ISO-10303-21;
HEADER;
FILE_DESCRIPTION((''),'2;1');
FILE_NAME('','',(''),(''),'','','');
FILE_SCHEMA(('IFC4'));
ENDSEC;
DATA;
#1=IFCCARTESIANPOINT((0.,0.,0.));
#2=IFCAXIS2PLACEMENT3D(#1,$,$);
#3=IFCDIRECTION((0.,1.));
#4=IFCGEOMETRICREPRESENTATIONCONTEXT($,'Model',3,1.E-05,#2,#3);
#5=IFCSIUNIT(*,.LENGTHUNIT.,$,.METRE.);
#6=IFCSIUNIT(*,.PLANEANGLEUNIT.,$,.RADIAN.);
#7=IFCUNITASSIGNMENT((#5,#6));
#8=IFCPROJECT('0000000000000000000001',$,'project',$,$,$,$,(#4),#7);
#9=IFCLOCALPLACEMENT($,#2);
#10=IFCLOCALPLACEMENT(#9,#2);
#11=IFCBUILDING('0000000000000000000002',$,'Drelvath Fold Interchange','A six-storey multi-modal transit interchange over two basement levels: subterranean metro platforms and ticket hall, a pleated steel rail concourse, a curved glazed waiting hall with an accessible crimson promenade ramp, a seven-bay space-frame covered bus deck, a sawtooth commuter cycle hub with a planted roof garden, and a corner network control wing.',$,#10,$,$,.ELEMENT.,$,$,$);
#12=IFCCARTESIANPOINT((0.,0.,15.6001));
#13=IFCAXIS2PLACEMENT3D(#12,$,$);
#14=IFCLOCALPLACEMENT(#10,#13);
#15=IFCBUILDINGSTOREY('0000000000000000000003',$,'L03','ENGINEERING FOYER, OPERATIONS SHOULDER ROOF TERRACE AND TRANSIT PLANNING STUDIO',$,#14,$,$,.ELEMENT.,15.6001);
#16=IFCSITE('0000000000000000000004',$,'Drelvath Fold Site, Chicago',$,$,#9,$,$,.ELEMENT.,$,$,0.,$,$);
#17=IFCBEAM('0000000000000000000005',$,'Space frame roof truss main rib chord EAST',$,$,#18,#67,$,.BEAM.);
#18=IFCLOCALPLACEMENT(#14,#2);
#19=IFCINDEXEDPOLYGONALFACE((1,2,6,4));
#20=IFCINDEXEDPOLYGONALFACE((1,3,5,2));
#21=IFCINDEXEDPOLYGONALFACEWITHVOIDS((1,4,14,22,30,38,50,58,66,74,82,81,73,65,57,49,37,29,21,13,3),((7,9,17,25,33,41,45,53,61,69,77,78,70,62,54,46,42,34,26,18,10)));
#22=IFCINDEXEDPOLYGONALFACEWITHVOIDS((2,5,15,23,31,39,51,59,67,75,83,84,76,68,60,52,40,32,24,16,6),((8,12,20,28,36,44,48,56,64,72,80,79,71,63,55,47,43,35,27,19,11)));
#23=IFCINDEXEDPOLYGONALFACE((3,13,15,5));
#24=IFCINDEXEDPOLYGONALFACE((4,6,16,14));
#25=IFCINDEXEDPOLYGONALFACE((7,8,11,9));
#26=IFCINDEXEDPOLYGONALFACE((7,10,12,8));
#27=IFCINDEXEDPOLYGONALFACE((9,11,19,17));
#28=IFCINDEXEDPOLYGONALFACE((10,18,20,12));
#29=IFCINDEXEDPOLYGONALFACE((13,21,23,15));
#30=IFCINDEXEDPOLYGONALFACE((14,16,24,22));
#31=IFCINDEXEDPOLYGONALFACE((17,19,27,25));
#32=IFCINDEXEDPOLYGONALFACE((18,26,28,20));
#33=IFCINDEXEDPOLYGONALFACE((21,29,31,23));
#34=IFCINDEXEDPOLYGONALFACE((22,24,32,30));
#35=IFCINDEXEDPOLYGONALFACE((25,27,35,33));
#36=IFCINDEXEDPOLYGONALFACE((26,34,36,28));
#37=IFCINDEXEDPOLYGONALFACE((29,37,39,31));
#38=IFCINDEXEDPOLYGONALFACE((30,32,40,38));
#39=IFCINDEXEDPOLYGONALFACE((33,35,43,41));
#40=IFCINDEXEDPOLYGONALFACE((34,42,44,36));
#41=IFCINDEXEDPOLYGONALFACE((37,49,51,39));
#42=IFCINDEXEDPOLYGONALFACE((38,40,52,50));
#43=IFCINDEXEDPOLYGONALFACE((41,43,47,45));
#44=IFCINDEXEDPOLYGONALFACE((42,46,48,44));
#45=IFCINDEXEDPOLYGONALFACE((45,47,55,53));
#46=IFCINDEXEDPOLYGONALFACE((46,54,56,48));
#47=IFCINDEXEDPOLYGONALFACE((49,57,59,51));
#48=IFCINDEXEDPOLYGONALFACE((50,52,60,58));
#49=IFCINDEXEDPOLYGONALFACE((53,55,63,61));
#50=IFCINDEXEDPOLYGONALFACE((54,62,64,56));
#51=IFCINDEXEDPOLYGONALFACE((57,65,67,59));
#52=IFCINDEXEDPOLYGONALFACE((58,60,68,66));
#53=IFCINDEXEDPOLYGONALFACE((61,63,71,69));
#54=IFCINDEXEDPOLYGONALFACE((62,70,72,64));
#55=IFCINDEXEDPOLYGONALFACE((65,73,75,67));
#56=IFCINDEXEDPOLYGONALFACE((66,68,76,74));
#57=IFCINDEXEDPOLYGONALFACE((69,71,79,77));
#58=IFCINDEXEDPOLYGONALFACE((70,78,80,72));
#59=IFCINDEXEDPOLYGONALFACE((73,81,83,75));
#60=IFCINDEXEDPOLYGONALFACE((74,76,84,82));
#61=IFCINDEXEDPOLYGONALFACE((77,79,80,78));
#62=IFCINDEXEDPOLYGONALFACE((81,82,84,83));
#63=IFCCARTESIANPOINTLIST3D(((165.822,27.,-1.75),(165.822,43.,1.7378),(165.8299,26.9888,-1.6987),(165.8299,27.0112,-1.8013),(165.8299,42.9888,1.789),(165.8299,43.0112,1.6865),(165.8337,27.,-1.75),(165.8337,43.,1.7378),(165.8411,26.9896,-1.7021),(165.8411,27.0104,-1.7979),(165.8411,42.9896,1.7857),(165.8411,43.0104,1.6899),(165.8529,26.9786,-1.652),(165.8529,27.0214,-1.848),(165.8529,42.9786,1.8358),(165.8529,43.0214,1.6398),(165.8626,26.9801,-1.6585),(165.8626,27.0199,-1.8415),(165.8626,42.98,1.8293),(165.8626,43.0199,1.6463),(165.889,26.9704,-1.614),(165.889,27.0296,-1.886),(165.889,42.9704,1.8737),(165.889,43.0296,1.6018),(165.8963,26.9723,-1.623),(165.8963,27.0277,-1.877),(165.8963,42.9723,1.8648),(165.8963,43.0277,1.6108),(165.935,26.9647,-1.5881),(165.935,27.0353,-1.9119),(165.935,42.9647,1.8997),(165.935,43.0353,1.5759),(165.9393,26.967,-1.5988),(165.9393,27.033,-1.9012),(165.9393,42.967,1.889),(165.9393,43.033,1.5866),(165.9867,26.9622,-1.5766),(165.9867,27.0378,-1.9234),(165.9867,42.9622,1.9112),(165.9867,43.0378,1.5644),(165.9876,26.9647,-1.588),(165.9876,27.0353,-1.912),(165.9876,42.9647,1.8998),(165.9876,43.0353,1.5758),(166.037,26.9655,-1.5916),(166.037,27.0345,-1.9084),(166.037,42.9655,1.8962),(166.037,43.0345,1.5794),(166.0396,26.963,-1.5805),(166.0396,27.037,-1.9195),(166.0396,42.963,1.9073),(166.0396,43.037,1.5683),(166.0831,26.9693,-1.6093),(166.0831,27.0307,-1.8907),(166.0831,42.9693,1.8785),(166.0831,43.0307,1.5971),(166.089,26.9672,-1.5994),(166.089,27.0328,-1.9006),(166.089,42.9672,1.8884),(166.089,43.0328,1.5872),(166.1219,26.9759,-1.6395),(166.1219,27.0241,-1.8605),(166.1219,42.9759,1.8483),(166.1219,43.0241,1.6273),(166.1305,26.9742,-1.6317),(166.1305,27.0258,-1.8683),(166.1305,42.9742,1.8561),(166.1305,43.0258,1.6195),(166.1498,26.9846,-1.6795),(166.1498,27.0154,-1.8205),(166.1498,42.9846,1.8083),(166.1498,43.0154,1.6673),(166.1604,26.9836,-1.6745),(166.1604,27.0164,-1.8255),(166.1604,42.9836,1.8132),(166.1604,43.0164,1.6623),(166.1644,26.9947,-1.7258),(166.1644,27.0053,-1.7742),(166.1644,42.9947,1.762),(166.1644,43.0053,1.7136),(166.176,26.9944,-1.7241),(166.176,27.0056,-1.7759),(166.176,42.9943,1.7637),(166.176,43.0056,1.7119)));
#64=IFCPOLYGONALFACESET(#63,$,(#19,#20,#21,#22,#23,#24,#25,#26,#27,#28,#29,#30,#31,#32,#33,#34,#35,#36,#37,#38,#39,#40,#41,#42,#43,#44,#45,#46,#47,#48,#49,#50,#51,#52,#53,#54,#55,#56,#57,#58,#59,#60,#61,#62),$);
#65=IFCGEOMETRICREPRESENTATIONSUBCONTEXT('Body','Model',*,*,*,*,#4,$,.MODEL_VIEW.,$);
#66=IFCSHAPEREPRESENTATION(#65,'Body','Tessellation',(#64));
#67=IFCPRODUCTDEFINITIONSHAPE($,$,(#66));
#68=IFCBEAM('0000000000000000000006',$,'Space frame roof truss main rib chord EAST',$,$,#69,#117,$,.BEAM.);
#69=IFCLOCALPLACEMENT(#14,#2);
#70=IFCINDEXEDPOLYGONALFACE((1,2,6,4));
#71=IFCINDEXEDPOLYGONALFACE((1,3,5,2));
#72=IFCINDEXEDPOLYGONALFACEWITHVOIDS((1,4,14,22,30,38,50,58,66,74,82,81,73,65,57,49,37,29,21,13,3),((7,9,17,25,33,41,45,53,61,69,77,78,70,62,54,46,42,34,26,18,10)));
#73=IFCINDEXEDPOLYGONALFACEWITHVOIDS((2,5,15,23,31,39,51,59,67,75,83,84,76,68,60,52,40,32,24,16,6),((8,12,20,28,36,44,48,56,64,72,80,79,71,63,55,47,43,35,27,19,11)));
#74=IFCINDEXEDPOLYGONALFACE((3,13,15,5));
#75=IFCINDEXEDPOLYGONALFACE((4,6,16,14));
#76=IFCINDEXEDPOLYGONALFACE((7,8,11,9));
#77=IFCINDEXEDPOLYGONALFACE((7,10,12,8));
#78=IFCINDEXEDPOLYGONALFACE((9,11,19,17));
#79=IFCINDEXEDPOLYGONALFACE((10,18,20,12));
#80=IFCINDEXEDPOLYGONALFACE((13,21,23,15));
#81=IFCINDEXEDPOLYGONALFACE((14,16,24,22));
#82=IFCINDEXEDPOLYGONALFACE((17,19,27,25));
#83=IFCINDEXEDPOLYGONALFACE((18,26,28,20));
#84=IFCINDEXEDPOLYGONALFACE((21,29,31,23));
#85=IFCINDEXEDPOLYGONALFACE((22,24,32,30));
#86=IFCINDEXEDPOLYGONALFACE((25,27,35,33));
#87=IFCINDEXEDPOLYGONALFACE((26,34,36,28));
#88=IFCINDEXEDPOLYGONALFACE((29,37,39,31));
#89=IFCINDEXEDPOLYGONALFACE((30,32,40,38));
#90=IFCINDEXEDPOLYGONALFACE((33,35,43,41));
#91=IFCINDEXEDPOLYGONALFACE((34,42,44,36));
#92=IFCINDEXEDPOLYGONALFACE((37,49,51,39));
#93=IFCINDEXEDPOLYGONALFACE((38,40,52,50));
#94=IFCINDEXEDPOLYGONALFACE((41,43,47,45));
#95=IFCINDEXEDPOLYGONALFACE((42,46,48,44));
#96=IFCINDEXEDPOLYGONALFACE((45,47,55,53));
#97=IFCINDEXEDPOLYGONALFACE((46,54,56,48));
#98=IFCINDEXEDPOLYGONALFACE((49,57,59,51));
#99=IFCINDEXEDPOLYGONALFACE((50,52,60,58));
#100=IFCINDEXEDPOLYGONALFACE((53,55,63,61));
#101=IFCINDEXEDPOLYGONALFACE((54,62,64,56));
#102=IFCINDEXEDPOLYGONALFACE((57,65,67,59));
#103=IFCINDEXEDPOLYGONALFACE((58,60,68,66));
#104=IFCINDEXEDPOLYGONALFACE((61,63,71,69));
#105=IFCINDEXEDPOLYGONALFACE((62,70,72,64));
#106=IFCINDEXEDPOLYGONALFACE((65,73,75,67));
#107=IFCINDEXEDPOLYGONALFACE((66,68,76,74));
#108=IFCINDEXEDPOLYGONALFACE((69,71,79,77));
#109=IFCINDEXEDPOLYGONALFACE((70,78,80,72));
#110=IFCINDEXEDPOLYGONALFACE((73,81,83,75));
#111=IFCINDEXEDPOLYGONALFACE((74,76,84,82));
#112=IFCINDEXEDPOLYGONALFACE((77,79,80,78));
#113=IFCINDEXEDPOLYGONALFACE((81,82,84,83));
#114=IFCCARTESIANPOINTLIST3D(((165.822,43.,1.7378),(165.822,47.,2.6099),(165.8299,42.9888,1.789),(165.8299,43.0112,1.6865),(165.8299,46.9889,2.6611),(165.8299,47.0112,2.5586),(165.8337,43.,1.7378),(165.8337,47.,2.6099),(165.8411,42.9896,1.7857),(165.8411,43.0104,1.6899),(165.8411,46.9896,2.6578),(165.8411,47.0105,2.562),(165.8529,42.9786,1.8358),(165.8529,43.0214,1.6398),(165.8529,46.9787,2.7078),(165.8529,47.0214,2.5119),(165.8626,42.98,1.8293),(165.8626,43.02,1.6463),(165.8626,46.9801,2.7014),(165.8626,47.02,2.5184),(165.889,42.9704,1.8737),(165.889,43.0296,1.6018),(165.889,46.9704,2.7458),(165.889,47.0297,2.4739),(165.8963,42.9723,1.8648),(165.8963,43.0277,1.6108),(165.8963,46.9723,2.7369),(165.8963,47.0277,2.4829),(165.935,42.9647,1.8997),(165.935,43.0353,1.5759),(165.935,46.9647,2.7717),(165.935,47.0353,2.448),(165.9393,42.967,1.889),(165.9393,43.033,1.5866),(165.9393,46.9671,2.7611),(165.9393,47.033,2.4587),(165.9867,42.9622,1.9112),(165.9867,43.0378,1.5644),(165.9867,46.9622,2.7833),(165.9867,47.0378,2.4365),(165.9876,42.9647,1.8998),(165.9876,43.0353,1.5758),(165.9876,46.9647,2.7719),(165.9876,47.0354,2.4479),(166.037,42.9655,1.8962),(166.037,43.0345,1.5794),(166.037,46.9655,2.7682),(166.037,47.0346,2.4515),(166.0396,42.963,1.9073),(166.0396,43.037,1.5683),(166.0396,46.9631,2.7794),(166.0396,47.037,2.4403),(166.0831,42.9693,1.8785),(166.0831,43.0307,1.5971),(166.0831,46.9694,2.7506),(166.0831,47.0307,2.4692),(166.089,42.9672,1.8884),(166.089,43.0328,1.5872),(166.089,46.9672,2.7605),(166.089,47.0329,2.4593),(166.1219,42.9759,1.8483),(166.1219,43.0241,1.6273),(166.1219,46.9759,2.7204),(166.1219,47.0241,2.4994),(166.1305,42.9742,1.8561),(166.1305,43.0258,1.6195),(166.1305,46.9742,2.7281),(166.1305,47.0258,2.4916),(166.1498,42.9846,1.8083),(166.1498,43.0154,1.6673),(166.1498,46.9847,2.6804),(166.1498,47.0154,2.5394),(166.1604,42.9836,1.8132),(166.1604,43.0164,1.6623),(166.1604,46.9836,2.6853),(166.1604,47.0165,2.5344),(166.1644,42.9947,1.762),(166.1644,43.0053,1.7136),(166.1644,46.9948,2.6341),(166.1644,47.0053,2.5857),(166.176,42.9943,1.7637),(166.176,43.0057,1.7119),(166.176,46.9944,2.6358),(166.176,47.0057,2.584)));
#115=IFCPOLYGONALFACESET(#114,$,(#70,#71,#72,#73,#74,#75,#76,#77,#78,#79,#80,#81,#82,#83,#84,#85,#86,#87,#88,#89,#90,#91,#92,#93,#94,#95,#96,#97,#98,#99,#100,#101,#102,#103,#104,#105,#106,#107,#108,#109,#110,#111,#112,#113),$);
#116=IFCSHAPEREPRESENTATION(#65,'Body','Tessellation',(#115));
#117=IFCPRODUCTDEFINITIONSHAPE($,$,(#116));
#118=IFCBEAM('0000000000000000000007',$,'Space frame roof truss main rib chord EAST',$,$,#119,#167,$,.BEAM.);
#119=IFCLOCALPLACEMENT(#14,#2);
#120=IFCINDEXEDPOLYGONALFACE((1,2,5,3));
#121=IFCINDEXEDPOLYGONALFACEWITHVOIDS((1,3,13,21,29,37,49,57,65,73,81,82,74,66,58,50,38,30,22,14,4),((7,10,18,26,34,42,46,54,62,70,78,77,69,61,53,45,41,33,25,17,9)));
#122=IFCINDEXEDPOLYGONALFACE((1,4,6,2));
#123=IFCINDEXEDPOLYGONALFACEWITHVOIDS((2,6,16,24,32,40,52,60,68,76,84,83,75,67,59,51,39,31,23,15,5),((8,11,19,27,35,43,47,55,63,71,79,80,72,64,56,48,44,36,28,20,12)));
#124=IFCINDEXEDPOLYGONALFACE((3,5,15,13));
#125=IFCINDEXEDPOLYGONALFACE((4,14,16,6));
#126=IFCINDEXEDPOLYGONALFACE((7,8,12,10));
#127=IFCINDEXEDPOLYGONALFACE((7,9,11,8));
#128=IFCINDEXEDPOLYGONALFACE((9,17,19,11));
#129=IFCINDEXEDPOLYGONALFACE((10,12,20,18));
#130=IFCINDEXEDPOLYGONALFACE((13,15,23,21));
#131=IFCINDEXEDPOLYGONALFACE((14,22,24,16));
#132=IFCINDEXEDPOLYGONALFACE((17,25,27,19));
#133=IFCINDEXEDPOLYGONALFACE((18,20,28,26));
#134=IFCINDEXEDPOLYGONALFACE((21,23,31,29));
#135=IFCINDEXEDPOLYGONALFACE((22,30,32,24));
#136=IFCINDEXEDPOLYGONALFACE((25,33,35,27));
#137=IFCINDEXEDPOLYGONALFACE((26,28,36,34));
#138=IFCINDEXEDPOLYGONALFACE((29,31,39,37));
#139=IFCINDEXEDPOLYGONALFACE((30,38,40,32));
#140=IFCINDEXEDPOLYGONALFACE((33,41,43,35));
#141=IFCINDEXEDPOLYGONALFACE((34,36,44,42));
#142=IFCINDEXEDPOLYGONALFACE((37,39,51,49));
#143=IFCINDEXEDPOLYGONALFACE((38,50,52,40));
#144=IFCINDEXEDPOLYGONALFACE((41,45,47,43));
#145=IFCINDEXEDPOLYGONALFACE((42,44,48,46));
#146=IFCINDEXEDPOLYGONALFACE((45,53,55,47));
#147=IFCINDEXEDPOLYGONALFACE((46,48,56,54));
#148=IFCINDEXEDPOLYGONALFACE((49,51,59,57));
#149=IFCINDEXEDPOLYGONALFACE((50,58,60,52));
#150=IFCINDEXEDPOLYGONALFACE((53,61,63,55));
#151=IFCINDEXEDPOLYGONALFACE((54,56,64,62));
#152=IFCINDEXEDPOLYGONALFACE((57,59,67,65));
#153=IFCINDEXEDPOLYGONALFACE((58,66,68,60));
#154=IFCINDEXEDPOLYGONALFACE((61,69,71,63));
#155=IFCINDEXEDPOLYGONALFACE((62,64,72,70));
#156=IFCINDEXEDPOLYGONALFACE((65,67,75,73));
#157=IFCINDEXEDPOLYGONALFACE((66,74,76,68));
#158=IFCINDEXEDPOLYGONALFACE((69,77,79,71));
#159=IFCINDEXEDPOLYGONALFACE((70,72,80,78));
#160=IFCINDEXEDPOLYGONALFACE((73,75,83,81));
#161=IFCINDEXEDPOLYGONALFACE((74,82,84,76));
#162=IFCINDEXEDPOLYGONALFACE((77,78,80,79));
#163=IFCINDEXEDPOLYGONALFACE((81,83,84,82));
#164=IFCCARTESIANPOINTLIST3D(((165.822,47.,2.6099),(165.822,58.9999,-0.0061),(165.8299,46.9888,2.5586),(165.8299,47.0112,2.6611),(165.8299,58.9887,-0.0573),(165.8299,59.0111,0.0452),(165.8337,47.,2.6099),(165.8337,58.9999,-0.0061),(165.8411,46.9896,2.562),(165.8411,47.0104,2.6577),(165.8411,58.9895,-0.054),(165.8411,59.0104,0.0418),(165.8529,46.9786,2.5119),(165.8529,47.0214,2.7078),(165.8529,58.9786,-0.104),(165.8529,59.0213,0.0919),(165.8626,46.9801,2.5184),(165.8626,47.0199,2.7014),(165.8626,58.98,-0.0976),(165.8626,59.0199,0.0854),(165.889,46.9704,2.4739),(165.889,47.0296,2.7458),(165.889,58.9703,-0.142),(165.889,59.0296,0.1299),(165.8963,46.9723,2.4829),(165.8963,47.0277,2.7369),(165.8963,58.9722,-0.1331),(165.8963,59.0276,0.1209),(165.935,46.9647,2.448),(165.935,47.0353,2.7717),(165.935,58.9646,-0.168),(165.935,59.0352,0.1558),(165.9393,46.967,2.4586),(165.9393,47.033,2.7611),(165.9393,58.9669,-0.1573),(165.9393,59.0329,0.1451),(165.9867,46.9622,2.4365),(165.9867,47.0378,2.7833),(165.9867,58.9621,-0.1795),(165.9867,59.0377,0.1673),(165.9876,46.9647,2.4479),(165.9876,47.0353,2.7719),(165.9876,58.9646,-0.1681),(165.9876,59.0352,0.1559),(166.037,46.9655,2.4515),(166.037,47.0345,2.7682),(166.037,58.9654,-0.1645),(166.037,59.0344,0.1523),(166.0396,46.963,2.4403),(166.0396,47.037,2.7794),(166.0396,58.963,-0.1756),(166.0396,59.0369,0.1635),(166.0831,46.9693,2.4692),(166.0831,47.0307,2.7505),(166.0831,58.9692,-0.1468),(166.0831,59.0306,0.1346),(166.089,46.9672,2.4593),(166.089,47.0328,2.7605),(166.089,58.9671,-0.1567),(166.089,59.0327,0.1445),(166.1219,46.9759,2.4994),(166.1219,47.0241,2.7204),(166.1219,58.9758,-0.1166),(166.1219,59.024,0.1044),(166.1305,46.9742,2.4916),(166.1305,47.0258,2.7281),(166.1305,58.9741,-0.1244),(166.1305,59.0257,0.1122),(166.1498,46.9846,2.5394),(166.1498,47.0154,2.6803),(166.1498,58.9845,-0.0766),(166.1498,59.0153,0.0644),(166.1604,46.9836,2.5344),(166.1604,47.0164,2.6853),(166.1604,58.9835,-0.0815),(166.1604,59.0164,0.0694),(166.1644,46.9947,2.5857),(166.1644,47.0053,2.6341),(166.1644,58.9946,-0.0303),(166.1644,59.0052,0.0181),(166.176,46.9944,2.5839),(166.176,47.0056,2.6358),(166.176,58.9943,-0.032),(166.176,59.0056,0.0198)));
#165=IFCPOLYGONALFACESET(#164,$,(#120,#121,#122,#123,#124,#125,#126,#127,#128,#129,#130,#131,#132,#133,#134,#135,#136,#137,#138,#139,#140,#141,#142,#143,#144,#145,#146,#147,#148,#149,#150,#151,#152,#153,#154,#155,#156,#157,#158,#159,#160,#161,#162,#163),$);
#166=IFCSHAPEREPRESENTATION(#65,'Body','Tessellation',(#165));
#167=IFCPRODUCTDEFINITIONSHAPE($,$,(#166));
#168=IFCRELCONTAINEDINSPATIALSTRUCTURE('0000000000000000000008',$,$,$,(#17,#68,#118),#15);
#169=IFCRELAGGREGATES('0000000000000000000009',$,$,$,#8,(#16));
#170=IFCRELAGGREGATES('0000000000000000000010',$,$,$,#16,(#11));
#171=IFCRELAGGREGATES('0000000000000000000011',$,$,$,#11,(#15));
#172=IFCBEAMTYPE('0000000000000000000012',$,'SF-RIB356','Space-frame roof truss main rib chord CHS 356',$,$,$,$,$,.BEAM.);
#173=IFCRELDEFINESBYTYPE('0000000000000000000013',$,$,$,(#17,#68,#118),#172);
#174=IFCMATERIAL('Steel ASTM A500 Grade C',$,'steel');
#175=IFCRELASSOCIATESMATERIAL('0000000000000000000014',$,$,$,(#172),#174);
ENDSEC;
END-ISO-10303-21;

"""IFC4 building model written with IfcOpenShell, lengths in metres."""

from ifc_helpers import new_model, si_unit, direction, frame, origin, origin_2d, place, context, subcontext, project, spatial, hollow_circle, extrude, material, material_profile, profile_set, type_object, element, save


model = new_model("IFC4")

# Units and contexts
model_context = context("Model", 3, precision=1e-05, world=origin(), true_north=direction((0.0, 1.0)))
body_context = subcontext(model_context, "Body", "Model", "MODEL_VIEW")
ifc_project = project(units=[si_unit("LENGTHUNIT", "METRE"), si_unit("PLANEANGLEUNIT", "RADIAN")], contexts=[model_context])

# Site, building, storey
site_placement = place(None, origin())
site = spatial("IfcSite", under=ifc_project, at=site_placement, Name="Drelvath Fold Site, Chicago", CompositionType="ELEMENT", RefElevation=0.0)
building_placement = place(site_placement, origin())
building = spatial("IfcBuilding", under=site, at=building_placement, Name="Drelvath Fold Interchange", Description="A six-storey multi-modal transit interchange over two basement levels: subterranean metro platforms and ticket hall, a pleated steel rail concourse, a curved glazed waiting hall with an accessible crimson promenade ramp, a seven-bay space-frame covered bus deck, a sawtooth commuter cycle hub with a planted roof garden, and a corner network control wing.", CompositionType="ELEMENT")
storey_placement = place(building_placement, frame((0.0, 0.0, 15.6001)))
storey = spatial("IfcBuildingStorey", under=building, at=storey_placement, Name="L03", Description="ENGINEERING FOYER, OPERATIONS SHOULDER ROOF TERRACE AND TRANSIT PLANNING STUDIO", CompositionType="ELEMENT", Elevation=15.6001)

# Shared definitions
ifc_material_1 = material(Name="Steel ASTM A500 Grade C", Category="steel")

# Beams
ifc_material_profile_1 = material_profile(ifc_material_1, hollow_circle(Radius=0.178, WallThickness=0.0117, at=origin_2d()), Name="HSS14.000X0.500")
ifc_profile_set_1 = profile_set([ifc_material_profile_1], Name="Steel ASTM A500 Grade C")
beam_type_1 = type_object("IfcBeamType", Name="SF-RIB356", Description="Space-frame roof truss main rib chord CHS 356", PredefinedType="BEAM", material=ifc_profile_set_1)
beam_1_placement = place(storey_placement, frame((166.0, 27.0, -1.75), z_axis=(0.0, 0.977055, 0.212985), x_axis=(-1.0, 0.0, 0.0)))
element("IfcBeam", 1, at=beam_1_placement, inside=storey, type_object=beam_type_1, Name="Space frame roof truss main rib chord EAST", PredefinedType="BEAM", context=body_context, shape_type="SweptSolid", body=[
    extrude(hollow_circle(Radius=0.178, WallThickness=0.0117, at=origin_2d()), origin(), (0.0, 0.0, 1.0), 16.3757),
])
beam_2_placement = place(storey_placement, frame((166.0, 43.0, 1.7378), z_axis=(0.0, 0.977049, 0.213014), x_axis=(-1.0, 0.0, 0.0)))
element("IfcBeam", 2, at=beam_2_placement, inside=storey, type_object=beam_type_1, Name="Space frame roof truss main rib chord EAST", PredefinedType="BEAM", context=body_context, shape_type="SweptSolid", body=[
    extrude(hollow_circle(Radius=0.178, WallThickness=0.0117, at=origin_2d()), origin(), (0.0, 0.0, 1.0), 4.094),
])
beam_3_placement = place(storey_placement, frame((166.0, 47.0, 2.6099), z_axis=(0.0, 0.977053, -0.212995), x_axis=(-1.0, 0.0, 0.0)))
element("IfcBeam", 3, at=beam_3_placement, inside=storey, type_object=beam_type_1, Name="Space frame roof truss main rib chord EAST", PredefinedType="BEAM", context=body_context, shape_type="SweptSolid", body=[
    extrude(hollow_circle(Radius=0.178, WallThickness=0.0117, at=origin_2d()), origin(), (0.0, 0.0, 1.0), 12.2817),
])

save(model, "model.ifc")
